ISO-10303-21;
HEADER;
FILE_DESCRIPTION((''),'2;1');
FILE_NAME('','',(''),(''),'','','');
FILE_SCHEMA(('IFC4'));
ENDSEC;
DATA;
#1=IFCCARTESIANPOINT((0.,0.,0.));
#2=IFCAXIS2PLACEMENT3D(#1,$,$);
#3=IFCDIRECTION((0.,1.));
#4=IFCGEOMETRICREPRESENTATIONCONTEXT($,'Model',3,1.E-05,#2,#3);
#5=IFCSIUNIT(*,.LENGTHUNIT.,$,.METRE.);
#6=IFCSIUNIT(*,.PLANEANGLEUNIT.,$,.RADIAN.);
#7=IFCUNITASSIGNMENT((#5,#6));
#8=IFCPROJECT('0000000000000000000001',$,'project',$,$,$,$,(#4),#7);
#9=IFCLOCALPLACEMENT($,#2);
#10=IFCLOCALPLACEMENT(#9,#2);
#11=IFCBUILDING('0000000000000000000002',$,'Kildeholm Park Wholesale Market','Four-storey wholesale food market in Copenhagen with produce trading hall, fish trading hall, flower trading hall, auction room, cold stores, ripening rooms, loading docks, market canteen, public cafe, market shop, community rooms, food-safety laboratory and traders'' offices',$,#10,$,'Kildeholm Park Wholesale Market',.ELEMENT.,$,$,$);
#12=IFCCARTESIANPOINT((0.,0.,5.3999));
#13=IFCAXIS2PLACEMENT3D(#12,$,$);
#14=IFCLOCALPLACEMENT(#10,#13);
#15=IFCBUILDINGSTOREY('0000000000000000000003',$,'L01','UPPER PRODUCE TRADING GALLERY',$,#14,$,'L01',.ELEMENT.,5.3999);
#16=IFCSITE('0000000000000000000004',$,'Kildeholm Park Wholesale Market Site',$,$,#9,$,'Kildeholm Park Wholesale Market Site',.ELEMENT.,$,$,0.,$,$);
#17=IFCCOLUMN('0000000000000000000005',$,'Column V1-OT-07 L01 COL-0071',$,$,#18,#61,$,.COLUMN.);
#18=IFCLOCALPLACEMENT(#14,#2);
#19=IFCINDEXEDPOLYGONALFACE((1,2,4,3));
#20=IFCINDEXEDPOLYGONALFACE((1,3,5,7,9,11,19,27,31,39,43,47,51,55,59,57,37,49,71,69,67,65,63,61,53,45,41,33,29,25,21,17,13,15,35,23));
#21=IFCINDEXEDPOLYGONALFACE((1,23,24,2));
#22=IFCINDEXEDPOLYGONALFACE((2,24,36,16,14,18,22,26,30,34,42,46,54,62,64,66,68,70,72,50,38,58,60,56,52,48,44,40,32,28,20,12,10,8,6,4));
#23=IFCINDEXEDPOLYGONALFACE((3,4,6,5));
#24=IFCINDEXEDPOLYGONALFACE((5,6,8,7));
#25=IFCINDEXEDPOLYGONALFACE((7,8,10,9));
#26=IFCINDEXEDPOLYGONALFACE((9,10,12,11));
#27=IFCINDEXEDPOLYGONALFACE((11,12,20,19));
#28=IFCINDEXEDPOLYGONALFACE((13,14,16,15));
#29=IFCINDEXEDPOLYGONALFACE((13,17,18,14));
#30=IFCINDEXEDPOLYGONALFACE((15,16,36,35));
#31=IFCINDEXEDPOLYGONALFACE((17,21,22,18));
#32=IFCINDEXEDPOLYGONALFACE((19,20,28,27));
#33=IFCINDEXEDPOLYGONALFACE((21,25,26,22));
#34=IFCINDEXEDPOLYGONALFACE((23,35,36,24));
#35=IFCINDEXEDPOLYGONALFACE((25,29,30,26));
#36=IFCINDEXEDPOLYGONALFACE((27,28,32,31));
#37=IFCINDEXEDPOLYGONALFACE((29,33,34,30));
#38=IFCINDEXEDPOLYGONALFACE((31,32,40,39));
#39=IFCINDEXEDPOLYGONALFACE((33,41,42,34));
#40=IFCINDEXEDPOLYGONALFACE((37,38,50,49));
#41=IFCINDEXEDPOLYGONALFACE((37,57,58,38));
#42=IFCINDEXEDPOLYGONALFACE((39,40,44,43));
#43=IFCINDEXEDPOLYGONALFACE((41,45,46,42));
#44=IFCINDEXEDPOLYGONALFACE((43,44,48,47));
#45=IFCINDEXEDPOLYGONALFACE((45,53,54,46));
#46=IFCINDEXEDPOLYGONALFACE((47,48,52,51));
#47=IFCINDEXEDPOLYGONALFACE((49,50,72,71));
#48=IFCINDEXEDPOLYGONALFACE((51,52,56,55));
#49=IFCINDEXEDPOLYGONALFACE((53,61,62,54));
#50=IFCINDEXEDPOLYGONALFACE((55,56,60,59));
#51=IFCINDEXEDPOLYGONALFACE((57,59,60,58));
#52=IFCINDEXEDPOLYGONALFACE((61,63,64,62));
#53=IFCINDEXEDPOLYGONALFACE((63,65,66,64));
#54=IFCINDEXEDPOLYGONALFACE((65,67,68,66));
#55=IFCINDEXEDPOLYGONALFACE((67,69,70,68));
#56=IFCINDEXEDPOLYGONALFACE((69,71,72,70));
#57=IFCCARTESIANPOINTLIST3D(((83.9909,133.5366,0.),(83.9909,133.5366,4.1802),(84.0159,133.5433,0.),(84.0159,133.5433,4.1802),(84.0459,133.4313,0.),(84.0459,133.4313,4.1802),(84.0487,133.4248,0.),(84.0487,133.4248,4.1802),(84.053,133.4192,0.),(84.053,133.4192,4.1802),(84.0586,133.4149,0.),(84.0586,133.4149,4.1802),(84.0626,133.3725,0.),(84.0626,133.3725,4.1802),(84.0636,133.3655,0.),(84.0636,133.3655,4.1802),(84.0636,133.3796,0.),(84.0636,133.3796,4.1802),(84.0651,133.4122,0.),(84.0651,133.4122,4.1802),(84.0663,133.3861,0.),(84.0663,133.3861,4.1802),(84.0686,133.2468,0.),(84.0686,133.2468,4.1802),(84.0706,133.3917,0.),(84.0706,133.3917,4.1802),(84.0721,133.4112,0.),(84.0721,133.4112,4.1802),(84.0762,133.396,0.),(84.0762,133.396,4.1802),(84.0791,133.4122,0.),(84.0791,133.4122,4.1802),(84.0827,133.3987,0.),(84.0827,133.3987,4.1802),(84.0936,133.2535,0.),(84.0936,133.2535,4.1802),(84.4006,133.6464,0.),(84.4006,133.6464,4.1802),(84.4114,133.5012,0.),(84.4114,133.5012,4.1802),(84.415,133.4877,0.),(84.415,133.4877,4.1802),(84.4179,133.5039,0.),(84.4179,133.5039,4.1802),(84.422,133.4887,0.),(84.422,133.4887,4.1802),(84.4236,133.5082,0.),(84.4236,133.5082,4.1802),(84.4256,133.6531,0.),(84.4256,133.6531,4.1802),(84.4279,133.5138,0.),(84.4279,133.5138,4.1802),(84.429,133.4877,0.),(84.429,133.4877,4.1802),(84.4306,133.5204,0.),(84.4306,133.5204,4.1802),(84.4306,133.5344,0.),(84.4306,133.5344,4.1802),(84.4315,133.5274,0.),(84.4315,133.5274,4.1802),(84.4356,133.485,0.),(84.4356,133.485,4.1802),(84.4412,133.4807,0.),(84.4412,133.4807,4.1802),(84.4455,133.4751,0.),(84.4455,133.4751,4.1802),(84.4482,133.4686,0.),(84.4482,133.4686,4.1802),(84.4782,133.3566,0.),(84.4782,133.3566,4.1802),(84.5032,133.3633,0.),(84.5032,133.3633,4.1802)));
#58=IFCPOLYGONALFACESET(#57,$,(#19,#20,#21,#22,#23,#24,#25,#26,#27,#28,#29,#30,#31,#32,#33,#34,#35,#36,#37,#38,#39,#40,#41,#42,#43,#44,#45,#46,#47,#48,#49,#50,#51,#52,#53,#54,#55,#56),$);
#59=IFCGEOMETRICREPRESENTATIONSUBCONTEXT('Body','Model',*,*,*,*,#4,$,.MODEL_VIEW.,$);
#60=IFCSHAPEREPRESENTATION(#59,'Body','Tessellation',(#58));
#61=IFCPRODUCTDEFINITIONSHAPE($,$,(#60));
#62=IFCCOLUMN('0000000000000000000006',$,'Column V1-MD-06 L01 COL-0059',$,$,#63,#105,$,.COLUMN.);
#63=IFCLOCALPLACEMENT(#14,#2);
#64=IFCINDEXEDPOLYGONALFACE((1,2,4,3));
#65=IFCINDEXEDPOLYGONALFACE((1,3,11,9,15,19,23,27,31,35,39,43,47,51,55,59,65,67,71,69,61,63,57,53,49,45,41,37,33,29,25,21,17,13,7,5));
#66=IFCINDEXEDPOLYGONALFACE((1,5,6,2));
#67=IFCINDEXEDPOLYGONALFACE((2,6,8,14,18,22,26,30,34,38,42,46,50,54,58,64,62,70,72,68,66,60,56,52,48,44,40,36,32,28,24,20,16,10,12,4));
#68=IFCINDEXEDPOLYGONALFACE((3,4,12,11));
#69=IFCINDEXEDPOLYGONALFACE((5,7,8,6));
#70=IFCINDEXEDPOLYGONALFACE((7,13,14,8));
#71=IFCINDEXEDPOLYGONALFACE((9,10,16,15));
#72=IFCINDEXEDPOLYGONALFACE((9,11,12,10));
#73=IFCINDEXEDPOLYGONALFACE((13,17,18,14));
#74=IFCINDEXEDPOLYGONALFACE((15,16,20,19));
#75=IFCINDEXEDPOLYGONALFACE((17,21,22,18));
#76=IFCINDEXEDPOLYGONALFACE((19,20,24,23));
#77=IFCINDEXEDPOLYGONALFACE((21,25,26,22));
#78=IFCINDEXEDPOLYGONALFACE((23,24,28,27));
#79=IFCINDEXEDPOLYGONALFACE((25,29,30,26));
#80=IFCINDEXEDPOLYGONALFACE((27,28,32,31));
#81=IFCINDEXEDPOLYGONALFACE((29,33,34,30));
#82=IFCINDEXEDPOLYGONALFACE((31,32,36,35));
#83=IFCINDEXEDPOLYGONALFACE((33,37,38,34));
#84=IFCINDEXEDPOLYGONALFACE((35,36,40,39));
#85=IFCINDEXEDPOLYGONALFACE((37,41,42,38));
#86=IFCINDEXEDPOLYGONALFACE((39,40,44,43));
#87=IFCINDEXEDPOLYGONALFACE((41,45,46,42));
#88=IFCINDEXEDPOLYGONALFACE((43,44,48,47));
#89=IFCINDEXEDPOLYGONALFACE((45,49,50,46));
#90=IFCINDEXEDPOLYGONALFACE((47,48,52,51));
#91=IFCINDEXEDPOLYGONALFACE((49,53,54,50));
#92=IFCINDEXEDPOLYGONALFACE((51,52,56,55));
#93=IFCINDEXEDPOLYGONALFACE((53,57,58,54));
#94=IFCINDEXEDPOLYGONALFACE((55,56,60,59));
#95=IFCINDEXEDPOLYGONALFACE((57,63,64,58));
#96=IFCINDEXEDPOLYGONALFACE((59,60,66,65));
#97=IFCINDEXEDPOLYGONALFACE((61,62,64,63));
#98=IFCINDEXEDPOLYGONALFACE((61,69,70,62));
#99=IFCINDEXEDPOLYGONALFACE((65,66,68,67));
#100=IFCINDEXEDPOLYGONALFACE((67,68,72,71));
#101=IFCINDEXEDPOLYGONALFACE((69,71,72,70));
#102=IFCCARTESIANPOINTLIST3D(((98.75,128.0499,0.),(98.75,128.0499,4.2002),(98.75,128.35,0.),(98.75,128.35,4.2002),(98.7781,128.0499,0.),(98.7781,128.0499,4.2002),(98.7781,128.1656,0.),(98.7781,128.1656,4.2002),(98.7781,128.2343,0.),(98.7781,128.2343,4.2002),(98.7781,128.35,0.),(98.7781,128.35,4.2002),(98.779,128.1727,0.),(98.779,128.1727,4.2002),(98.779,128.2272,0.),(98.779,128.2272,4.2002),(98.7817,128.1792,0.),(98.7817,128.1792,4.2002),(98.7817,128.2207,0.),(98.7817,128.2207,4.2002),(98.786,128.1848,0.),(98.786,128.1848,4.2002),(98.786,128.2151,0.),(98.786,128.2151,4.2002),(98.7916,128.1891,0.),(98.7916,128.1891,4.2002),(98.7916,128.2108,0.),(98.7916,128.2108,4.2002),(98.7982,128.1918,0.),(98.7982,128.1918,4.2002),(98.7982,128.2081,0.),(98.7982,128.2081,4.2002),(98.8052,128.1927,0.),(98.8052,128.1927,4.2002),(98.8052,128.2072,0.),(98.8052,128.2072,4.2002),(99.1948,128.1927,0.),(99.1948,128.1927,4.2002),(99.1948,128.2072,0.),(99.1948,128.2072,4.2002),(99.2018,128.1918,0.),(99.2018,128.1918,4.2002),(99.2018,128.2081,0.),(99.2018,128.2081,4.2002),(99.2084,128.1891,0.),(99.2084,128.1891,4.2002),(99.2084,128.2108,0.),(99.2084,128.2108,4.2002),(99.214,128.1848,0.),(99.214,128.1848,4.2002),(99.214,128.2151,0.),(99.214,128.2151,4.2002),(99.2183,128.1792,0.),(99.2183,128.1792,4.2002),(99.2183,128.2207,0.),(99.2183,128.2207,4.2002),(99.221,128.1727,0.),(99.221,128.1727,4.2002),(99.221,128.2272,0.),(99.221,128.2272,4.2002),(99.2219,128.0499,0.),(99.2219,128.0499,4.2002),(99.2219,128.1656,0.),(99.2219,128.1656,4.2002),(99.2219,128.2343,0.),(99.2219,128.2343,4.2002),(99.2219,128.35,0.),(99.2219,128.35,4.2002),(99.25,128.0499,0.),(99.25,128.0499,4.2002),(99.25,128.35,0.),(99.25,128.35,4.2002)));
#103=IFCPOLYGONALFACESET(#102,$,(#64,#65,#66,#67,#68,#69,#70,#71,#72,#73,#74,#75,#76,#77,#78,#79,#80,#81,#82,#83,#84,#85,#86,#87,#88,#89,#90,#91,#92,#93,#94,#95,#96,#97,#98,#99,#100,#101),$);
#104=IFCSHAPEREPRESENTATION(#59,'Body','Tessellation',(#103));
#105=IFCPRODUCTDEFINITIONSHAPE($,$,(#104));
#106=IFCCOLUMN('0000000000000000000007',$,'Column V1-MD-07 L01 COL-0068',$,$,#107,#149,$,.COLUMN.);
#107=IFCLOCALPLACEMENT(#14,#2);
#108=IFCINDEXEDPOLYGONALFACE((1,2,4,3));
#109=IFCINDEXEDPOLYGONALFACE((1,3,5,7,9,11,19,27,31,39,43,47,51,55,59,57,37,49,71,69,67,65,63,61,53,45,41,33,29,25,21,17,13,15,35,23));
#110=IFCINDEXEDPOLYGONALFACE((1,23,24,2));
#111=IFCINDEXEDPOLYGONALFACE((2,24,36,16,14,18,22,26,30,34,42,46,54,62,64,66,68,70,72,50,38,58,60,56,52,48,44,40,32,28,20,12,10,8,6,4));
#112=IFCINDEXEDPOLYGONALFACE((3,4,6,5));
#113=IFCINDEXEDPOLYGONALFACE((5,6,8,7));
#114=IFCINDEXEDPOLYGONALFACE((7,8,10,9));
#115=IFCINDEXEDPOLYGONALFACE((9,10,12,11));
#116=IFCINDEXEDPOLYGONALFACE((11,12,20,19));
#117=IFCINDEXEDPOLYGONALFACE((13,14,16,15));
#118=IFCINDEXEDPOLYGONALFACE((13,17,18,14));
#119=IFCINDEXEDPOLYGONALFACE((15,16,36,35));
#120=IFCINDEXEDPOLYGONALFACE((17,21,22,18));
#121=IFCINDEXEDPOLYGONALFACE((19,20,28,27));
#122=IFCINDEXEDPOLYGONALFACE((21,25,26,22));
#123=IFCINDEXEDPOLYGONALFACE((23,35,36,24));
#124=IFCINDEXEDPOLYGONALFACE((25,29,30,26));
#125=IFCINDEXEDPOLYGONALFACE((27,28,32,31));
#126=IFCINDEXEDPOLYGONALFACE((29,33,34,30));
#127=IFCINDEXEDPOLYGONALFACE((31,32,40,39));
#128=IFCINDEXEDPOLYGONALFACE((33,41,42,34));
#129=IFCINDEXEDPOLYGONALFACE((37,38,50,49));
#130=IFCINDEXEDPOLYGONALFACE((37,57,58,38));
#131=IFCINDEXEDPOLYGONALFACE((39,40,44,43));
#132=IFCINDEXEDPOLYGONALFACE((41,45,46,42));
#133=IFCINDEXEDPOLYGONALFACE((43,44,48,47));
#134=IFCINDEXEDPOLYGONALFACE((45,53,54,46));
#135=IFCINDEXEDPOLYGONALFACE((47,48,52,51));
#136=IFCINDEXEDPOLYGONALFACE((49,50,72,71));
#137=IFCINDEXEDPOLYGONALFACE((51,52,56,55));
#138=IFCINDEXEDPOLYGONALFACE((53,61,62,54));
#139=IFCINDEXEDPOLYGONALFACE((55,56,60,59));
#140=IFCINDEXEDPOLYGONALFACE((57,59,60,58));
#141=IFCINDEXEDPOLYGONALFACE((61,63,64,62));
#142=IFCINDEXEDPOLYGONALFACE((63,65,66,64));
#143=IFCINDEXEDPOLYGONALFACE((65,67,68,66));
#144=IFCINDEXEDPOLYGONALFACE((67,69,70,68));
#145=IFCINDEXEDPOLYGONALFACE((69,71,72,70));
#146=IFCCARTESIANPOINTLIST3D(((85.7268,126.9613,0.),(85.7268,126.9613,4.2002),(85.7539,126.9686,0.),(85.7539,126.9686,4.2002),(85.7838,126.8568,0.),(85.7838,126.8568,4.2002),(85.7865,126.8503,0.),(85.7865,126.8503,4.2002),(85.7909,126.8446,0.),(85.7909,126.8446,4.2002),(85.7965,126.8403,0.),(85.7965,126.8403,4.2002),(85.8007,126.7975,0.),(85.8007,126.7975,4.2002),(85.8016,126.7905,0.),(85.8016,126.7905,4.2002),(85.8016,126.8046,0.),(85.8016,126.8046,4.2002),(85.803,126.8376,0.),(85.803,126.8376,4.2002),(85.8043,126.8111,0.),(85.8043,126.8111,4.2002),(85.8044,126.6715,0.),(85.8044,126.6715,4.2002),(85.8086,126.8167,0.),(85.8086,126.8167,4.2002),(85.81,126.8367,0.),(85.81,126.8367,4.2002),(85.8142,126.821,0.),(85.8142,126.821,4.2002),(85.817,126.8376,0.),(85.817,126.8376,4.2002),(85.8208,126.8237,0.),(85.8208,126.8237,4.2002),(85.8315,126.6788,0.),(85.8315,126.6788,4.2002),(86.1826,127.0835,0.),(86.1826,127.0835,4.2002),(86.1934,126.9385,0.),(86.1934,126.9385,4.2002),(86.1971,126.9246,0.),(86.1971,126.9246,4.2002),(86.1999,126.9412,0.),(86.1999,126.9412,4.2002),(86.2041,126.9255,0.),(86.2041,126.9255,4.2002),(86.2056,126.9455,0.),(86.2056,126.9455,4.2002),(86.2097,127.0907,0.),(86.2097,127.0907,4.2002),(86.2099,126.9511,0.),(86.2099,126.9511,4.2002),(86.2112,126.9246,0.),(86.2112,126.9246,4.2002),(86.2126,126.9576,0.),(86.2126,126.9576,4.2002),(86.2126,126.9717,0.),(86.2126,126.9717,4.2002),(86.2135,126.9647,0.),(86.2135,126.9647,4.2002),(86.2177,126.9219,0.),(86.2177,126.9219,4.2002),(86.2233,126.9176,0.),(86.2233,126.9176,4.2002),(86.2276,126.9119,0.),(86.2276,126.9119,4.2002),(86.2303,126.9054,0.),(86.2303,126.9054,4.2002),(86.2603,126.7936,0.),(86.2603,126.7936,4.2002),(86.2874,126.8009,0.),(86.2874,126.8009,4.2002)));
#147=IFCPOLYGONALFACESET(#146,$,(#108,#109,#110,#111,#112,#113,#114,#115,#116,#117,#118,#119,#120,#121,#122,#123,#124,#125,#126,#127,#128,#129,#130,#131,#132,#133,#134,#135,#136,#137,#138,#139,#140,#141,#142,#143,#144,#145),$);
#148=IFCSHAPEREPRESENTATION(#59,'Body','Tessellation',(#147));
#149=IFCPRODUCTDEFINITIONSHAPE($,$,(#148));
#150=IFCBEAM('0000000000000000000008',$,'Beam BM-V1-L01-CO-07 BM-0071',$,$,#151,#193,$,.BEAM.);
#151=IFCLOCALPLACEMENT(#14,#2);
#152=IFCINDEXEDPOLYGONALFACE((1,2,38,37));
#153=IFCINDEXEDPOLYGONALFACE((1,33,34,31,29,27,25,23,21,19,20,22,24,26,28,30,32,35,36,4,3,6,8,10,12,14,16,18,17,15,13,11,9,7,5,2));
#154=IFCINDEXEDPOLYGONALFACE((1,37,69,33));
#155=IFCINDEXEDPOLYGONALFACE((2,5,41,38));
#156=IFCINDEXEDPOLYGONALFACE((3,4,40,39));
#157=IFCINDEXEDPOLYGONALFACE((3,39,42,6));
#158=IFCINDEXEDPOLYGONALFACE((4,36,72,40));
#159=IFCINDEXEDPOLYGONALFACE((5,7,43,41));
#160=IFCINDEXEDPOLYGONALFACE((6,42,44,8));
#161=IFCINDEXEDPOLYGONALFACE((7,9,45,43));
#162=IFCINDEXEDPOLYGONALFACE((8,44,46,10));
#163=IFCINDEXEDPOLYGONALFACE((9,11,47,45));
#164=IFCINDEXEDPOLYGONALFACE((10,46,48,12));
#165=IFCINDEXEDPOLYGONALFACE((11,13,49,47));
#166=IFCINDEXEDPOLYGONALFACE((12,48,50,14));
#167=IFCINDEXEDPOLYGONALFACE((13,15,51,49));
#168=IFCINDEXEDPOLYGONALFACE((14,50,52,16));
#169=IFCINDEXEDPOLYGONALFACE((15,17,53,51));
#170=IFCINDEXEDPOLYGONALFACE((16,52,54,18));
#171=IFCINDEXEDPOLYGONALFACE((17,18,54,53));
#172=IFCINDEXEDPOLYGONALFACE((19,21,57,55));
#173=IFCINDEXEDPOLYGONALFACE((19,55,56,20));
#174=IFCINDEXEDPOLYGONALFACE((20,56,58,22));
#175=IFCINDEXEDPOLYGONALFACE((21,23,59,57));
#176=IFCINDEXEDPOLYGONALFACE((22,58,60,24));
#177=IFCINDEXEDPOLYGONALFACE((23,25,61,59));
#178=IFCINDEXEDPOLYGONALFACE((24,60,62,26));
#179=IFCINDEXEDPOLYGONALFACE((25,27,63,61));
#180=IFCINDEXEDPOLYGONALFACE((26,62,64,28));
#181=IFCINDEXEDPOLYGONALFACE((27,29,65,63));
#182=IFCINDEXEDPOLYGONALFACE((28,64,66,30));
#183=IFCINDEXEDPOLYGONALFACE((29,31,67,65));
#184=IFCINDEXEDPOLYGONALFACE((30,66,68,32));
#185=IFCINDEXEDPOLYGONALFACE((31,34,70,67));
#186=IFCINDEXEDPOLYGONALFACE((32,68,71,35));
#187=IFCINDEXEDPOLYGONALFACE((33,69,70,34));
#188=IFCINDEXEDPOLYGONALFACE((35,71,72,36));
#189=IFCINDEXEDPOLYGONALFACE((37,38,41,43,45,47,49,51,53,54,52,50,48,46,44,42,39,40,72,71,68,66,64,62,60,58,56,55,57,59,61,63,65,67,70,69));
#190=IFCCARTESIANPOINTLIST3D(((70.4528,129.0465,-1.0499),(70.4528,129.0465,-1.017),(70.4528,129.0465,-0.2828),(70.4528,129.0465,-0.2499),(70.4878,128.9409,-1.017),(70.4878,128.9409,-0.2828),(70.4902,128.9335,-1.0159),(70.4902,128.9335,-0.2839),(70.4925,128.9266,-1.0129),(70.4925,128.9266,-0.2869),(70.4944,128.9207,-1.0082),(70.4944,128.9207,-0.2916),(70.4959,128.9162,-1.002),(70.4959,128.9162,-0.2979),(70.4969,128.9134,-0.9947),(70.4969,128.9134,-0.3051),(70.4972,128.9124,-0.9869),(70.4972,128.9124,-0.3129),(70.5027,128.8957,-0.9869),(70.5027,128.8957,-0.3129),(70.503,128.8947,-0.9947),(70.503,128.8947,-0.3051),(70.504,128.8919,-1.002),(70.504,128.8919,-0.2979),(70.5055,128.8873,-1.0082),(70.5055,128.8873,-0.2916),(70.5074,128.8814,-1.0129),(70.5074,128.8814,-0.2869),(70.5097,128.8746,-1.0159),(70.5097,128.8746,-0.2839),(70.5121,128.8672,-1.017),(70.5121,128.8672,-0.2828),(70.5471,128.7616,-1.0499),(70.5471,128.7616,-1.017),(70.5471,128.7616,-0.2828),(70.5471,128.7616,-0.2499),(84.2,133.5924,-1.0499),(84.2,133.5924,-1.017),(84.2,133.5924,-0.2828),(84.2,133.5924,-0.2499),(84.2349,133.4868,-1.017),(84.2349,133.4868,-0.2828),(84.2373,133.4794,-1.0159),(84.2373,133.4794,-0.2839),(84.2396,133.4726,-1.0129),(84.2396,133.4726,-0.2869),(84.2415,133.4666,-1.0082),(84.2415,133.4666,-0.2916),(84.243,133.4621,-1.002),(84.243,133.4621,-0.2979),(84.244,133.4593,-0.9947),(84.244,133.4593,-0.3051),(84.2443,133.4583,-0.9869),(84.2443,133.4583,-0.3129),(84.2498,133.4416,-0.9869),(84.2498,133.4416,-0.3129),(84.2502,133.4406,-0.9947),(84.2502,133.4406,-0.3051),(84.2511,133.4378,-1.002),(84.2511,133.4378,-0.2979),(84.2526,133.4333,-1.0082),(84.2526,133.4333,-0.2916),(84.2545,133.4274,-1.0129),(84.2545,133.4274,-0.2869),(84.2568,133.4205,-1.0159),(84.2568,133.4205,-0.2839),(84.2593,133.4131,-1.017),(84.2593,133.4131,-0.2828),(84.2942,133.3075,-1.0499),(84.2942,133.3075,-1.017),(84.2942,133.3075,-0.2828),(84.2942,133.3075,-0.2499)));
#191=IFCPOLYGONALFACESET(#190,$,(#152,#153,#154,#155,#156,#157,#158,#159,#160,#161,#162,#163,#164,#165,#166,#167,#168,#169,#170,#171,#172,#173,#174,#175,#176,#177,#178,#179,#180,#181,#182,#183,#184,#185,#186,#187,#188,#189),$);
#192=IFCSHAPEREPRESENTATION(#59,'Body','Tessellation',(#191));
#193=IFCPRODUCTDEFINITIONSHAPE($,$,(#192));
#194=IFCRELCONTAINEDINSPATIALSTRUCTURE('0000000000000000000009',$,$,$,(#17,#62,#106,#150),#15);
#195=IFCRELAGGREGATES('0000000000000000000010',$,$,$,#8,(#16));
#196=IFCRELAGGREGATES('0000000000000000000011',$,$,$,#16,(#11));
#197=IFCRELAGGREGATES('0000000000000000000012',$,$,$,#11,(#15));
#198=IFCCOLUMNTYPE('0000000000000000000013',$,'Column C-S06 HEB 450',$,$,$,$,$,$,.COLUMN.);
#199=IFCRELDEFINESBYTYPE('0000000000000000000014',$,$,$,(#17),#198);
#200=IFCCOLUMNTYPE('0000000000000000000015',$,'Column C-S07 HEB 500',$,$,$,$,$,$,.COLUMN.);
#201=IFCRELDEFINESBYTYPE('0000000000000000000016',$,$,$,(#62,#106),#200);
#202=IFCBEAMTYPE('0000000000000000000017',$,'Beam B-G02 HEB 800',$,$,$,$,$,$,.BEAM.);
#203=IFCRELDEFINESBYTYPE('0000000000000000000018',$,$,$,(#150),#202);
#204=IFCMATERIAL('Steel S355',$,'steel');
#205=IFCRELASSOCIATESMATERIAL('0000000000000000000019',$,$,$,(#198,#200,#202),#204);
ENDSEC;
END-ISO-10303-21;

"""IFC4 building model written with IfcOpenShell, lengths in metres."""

from ifc_helpers import new_model, si_unit, direction, frame, origin, origin_2d, place, context, subcontext, project, spatial, i_section, extrude, material, material_profile, profile_set, type_object, element, save


model = new_model("IFC4")

# Units and contexts
model_context = context("Model", 3, precision=1e-05, world=origin(), true_north=direction((0.0, 1.0)))
body_context = subcontext(model_context, "Body", "Model", "MODEL_VIEW")
ifc_project = project(units=[si_unit("LENGTHUNIT", "METRE"), si_unit("PLANEANGLEUNIT", "RADIAN")], contexts=[model_context])

# Site, building, storey
site_placement = place(None, origin())
site = spatial("IfcSite", under=ifc_project, at=site_placement, Name="Kildeholm Park Wholesale Market Site", LongName="Kildeholm Park Wholesale Market Site", CompositionType="ELEMENT", RefElevation=0.0)
building_placement = place(site_placement, origin())
building = spatial("IfcBuilding", under=site, at=building_placement, Name="Kildeholm Park Wholesale Market", Description="Four-storey wholesale food market in Copenhagen with produce trading hall, fish trading hall, flower trading hall, auction room, cold stores, ripening rooms, loading docks, market canteen, public cafe, market shop, community rooms, food-safety laboratory and traders' offices", LongName="Kildeholm Park Wholesale Market", CompositionType="ELEMENT")
storey_placement = place(building_placement, frame((0.0, 0.0, 5.3999)))
storey = spatial("IfcBuildingStorey", under=building, at=storey_placement, Name="L01", Description="UPPER PRODUCE TRADING GALLERY", LongName="L01", CompositionType="ELEMENT", Elevation=5.3999)

# Columns
ifc_material_1 = material(Name="Steel S355", Category="steel")
ifc_material_profile_1 = material_profile(ifc_material_1, i_section(OverallWidth=0.3, OverallDepth=0.45, WebThickness=0.0139, FlangeThickness=0.0259, FilletRadius=0.0271, at=origin_2d()), Name="HEB 450")
ifc_profile_set_1 = profile_set([ifc_material_profile_1], Name="Steel S355")
column_type_1 = type_object("IfcColumnType", Name="Column C-S06 HEB 450", PredefinedType="COLUMN", material=ifc_profile_set_1)
column_placement = place(storey_placement, frame((84.2471, 133.45, 0.0), z_axis=(0.0, 0.0, 1.0), x_axis=(-0.258819, 0.965926, 0.0)))
element("IfcColumn", 1, at=column_placement, inside=storey, type_object=column_type_1, Name="Column V1-OT-07 L01 COL-0071", PredefinedType="COLUMN", context=body_context, shape_type="SweptSolid", body=[
    extrude(i_section(OverallWidth=0.3, OverallDepth=0.45, WebThickness=0.0139, FlangeThickness=0.0259, FilletRadius=0.0271, at=origin_2d()), origin(), (0.0, 0.0, 1.0), 4.1802),
])
ifc_material_profile_2 = material_profile(ifc_material_1, i_section(OverallWidth=0.3, OverallDepth=0.5, WebThickness=0.0144, FlangeThickness=0.0281, FilletRadius=0.0271, at=origin_2d()), Name="HEB 500")
ifc_profile_set_2 = profile_set([ifc_material_profile_2], Name="Steel S355")
column_type_2 = type_object("IfcColumnType", Name="Column C-S07 HEB 500", PredefinedType="COLUMN", material=ifc_profile_set_2)
for number, where, z_axis, x_axis, name in (
    (2, (99.0, 128.2, 0.0), (0.0, 0.0, 1.0), (0.0, 1.0, 0.0), "Column V1-MD-06 L01 COL-0059"),
    (3, (86.0071, 126.8811, 0.0), (0.0, 0.0, 1.0), (-0.258819, 0.965926, 0.0), "Column V1-MD-07 L01 COL-0068"),
):
    element("IfcColumn", number, at=place(storey_placement, frame(where, z_axis=z_axis, x_axis=x_axis)), inside=storey, type_object=column_type_2, Name=name, PredefinedType="COLUMN", context=body_context, shape_type="SweptSolid", body=[
        extrude(i_section(OverallWidth=0.3, OverallDepth=0.5, WebThickness=0.0144, FlangeThickness=0.0281, FilletRadius=0.0271, at=origin_2d()), origin(), (0.0, 0.0, 1.0), 4.2002),
    ])

# Beam
ifc_material_profile_3 = material_profile(ifc_material_1, i_section(OverallWidth=0.3, OverallDepth=0.8, WebThickness=0.0176, FlangeThickness=0.033, FilletRadius=0.03, at=origin_2d()), Name="HEB 800")
ifc_profile_set_3 = profile_set([ifc_material_profile_3], Name="Steel S355")
beam_type_1 = type_object("IfcBeamType", Name="Beam B-G02 HEB 800", PredefinedType="BEAM", material=ifc_profile_set_3)
beam_1_placement = place(storey_placement, frame((84.2471, 133.45, -0.6499), z_axis=(-0.949436, -0.313961, 0.0), x_axis=(0.313961, -0.949436, 0.0)))
element("IfcBeam", 4, at=beam_1_placement, inside=storey, type_object=beam_type_1, Name="Beam BM-V1-L01-CO-07 BM-0071", PredefinedType="BEAM", context=body_context, shape_type="SweptSolid", body=[
    extrude(i_section(OverallWidth=0.3, OverallDepth=0.8, WebThickness=0.0176, FlangeThickness=0.033, FilletRadius=0.03, at=origin_2d()), origin(), (0.0, 0.0, 1.0), 14.4792),
])

save(model, "model.ifc")
